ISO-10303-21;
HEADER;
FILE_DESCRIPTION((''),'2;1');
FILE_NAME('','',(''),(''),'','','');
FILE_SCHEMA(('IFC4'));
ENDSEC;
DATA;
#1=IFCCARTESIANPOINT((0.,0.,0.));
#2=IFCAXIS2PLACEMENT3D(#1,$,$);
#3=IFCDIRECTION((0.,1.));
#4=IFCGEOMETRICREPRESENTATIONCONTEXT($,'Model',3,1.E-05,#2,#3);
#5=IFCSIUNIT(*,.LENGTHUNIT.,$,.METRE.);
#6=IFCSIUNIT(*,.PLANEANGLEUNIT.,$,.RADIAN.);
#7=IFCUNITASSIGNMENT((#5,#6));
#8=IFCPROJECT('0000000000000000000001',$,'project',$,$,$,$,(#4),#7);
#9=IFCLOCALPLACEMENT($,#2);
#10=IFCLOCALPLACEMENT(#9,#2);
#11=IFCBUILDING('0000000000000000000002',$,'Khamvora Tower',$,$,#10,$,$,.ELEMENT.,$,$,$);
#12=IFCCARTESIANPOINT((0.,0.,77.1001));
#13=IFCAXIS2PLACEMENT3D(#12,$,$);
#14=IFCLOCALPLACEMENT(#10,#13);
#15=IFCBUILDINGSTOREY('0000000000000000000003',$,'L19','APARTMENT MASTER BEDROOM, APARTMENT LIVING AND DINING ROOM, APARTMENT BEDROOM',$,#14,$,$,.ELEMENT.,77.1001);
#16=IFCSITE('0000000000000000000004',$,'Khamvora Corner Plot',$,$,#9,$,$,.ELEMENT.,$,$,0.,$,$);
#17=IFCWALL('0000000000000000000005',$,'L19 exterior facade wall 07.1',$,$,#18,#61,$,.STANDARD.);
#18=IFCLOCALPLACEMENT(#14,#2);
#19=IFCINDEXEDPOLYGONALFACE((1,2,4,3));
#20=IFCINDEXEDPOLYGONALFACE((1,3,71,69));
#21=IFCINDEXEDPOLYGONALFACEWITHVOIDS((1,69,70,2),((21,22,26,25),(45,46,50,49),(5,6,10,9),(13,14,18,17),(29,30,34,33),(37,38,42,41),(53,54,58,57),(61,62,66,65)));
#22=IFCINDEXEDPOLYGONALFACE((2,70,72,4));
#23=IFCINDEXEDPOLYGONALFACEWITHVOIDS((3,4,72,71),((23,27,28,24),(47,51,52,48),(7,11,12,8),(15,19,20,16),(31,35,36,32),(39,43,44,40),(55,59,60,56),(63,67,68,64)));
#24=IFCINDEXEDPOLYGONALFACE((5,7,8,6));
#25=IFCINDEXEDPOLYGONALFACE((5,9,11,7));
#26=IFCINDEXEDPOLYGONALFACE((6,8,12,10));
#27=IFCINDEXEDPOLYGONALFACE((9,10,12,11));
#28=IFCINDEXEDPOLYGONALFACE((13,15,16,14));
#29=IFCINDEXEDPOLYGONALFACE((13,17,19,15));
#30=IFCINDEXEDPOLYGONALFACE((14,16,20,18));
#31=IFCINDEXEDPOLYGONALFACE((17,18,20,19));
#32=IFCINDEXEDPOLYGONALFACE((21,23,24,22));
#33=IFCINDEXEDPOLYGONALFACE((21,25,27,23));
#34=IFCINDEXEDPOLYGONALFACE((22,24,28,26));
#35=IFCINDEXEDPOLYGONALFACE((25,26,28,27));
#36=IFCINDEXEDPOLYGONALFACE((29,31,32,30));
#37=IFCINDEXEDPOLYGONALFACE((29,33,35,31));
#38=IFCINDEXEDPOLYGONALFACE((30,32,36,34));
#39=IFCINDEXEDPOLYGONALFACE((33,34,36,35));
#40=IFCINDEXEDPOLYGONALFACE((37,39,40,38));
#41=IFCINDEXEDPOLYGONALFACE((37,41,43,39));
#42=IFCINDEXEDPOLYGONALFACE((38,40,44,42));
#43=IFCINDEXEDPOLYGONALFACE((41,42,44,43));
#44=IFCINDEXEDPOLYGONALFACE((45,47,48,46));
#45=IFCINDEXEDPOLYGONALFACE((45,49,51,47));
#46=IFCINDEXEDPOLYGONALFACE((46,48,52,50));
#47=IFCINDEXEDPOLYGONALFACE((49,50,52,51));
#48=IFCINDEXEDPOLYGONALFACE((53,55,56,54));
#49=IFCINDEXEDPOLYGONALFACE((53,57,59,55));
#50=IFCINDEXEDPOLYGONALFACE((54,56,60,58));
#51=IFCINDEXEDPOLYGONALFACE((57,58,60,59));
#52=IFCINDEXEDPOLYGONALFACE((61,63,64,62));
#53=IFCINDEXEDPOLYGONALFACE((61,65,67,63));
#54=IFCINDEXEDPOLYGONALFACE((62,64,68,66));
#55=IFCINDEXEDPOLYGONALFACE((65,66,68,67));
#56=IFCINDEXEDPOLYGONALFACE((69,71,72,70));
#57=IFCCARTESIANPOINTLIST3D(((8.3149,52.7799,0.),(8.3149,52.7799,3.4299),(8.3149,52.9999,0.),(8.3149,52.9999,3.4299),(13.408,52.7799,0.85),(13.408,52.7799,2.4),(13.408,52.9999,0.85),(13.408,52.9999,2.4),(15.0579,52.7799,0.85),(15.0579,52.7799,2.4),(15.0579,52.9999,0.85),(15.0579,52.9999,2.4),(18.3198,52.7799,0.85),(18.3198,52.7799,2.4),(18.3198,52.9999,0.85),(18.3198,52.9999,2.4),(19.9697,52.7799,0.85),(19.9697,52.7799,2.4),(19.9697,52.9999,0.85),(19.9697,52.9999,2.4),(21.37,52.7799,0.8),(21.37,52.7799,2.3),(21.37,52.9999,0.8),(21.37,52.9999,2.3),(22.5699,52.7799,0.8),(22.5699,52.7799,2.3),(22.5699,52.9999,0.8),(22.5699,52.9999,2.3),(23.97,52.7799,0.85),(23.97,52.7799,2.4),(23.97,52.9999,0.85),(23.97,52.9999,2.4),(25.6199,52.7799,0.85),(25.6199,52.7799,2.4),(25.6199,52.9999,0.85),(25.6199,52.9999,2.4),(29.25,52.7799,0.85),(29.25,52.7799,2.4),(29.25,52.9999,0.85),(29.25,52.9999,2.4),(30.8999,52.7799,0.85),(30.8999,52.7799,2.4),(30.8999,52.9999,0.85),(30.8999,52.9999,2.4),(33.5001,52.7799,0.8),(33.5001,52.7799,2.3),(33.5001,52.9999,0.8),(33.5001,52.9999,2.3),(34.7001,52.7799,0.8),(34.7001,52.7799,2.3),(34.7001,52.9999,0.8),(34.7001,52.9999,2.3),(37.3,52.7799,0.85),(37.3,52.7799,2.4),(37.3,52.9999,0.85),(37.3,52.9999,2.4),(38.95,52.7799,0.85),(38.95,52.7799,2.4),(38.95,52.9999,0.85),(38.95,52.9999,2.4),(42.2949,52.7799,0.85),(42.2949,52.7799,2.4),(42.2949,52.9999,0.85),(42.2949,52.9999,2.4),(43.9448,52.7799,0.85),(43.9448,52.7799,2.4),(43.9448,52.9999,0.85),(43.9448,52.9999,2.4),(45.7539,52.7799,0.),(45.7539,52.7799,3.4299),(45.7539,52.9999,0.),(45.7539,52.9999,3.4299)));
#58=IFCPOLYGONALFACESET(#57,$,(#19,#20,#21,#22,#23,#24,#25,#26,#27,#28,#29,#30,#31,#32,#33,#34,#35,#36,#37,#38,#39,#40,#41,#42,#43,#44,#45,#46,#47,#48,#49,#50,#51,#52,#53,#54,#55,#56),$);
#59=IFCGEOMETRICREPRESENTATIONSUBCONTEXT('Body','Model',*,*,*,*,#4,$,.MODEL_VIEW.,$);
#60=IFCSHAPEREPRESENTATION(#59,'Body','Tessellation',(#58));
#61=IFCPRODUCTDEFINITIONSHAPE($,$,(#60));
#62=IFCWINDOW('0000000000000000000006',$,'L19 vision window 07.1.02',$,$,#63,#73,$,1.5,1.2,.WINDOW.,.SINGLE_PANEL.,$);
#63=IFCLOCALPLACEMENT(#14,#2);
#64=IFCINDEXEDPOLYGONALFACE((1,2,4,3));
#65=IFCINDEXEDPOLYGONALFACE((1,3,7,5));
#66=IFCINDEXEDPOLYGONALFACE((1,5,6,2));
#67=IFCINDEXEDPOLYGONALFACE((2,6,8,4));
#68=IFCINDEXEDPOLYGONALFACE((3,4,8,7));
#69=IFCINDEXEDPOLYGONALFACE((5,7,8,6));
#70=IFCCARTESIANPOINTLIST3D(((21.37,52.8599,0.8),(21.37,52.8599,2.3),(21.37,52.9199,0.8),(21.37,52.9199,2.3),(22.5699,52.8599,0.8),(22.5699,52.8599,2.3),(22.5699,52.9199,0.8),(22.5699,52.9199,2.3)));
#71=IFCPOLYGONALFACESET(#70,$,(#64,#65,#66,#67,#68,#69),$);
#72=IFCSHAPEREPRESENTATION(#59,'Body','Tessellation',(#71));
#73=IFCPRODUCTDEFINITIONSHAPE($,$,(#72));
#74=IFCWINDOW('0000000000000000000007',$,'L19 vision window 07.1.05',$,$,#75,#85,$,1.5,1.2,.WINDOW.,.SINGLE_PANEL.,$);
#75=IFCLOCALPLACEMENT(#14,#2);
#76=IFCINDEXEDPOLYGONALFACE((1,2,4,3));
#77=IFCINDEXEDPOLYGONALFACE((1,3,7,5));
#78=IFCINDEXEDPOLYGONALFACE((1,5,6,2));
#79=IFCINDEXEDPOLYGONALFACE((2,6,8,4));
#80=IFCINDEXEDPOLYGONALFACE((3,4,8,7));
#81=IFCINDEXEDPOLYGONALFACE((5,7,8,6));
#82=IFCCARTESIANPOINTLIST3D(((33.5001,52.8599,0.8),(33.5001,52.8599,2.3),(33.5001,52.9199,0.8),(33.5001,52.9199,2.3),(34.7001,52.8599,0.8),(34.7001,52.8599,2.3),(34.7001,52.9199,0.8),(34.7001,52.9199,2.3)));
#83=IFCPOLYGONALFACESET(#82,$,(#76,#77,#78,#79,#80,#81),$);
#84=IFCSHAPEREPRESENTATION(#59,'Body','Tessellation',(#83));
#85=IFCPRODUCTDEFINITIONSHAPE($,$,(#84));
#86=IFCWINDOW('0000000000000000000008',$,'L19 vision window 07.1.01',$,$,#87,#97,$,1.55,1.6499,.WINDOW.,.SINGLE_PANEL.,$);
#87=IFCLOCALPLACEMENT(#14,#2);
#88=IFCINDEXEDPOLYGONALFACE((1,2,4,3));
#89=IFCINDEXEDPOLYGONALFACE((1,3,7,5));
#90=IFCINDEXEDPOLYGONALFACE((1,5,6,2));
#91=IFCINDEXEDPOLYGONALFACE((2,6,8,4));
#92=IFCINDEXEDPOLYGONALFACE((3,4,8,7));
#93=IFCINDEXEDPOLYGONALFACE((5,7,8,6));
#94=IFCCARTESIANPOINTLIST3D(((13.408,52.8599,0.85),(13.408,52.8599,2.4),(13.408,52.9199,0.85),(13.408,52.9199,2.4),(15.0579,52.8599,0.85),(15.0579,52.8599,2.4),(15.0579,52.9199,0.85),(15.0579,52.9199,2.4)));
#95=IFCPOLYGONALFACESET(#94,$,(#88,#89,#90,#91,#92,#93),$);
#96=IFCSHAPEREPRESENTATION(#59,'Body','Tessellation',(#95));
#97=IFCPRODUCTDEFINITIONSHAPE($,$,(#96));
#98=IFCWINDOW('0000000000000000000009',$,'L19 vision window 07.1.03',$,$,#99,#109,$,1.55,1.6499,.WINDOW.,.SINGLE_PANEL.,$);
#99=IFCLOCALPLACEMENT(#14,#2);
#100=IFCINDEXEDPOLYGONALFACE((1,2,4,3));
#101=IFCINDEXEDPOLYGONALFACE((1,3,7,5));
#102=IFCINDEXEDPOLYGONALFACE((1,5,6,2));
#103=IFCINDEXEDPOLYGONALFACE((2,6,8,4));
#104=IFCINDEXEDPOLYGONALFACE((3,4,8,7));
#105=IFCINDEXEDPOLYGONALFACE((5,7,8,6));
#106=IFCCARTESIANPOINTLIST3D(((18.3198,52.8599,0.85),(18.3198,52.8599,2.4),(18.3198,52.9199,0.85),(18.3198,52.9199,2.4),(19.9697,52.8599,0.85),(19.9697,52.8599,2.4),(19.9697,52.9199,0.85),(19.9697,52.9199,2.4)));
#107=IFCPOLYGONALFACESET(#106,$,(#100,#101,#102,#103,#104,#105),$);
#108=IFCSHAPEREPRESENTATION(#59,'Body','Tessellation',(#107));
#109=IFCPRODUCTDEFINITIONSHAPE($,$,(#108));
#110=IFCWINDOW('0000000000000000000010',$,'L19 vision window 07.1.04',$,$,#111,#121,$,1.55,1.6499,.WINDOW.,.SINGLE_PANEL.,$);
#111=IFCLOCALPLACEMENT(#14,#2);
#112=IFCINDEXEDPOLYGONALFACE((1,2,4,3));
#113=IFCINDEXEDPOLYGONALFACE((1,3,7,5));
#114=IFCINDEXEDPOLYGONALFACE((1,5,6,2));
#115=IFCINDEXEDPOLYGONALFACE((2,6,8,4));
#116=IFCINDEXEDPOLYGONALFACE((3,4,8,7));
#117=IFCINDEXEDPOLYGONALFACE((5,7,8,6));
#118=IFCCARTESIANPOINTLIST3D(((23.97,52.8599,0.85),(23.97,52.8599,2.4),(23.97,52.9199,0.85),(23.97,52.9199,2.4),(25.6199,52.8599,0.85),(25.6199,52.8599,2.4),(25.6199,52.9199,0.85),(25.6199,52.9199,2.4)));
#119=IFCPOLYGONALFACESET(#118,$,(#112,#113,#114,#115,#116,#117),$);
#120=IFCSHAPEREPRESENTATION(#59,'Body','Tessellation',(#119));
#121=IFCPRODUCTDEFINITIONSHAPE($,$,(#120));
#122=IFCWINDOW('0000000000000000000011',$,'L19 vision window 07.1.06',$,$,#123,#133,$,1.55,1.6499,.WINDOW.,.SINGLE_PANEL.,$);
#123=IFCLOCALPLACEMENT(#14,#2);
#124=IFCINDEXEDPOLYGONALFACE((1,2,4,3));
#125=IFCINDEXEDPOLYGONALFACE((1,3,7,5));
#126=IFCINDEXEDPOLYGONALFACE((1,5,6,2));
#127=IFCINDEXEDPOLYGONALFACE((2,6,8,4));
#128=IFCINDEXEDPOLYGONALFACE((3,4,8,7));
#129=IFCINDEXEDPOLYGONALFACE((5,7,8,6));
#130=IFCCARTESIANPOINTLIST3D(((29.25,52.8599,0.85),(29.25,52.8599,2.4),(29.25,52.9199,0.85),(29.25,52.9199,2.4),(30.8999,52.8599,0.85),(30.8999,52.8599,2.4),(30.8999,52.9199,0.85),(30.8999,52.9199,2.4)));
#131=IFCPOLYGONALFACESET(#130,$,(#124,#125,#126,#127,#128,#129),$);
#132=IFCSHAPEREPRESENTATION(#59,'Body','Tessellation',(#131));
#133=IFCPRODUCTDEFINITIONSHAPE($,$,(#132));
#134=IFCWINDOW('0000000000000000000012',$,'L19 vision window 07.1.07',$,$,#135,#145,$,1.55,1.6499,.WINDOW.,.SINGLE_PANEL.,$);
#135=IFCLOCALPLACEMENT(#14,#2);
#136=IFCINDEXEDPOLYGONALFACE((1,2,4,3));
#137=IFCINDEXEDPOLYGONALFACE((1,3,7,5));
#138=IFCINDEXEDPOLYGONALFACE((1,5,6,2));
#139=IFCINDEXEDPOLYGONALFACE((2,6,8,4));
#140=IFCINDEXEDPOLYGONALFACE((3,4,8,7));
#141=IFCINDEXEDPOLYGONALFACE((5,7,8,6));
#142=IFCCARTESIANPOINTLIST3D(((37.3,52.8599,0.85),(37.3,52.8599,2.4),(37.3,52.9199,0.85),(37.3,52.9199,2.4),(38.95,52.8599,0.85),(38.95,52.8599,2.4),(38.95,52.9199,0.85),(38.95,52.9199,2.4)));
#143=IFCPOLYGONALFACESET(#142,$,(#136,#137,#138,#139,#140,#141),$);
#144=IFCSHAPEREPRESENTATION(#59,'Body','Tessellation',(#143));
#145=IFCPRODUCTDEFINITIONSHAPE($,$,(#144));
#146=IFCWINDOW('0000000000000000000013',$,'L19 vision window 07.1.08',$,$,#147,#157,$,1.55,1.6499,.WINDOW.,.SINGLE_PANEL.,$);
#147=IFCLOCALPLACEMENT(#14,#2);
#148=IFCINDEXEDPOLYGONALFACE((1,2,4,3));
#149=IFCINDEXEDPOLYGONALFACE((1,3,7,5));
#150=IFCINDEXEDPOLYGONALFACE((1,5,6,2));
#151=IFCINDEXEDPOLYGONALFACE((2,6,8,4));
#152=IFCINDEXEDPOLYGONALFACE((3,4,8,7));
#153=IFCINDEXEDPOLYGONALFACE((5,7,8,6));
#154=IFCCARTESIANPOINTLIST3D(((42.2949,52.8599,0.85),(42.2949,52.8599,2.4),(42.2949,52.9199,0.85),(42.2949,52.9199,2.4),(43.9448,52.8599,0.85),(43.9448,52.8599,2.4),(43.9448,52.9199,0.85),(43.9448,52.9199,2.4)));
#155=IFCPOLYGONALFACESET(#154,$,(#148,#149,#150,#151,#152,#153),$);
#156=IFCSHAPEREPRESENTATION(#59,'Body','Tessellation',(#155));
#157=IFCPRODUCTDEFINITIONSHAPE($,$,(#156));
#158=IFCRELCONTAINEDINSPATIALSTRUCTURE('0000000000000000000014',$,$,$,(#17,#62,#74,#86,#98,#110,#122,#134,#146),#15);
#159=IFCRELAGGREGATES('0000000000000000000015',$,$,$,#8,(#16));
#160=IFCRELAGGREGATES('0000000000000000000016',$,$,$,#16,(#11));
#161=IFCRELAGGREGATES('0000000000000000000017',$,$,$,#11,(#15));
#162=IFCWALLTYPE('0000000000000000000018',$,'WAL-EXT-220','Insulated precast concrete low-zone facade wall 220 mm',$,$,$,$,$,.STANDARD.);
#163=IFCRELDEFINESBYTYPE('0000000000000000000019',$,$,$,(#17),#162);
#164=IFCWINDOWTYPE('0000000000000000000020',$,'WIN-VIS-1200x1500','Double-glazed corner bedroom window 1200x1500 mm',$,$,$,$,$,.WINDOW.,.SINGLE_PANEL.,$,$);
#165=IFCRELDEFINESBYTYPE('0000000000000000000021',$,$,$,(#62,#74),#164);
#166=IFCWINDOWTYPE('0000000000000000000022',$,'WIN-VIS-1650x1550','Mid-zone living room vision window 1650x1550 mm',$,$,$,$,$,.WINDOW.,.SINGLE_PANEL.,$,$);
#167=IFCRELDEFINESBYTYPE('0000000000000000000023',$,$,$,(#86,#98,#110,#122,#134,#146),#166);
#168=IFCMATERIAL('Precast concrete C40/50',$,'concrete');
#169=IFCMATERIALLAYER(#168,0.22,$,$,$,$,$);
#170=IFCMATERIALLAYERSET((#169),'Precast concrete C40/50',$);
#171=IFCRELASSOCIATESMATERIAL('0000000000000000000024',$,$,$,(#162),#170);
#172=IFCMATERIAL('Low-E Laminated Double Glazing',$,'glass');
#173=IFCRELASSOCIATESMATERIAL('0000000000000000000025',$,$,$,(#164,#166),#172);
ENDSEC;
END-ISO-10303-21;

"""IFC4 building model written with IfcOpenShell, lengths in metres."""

from ifc_helpers import new_model, si_unit, direction, frame, frame_2d, origin, place, context, subcontext, project, spatial, rectangle, extrude, material, layer, layer_set, type_object, element, fill, save


model = new_model("IFC4")

# Units and contexts
model_context = context("Model", 3, precision=1e-05, world=origin(), true_north=direction((0.0, 1.0)))
body_context = subcontext(model_context, "Body", "Model", "MODEL_VIEW")
ifc_project = project(units=[si_unit("LENGTHUNIT", "METRE"), si_unit("PLANEANGLEUNIT", "RADIAN")], contexts=[model_context])

# Site, building, storey
site_placement = place(None, origin())
site = spatial("IfcSite", under=ifc_project, at=site_placement, Name="Khamvora Corner Plot", CompositionType="ELEMENT", RefElevation=0.0)
building_placement = place(site_placement, origin())
building = spatial("IfcBuilding", under=site, at=building_placement, Name="Khamvora Tower", CompositionType="ELEMENT")
storey_placement = place(building_placement, frame((0.0, 0.0, 77.1001)))
storey = spatial("IfcBuildingStorey", under=building, at=storey_placement, Name="L19", Description="APARTMENT MASTER BEDROOM, APARTMENT LIVING AND DINING ROOM, APARTMENT BEDROOM", CompositionType="ELEMENT", Elevation=77.1001)

# Shared definitions
ifc_material_1 = material(Name="Precast concrete C40/50", Category="concrete")
ifc_layer_1 = layer(ifc_material_1, 0.22)
ifc_layer_set_1 = layer_set([ifc_layer_1], Name="Precast concrete C40/50")
wall_type_1 = type_object("IfcWallType", Name="WAL-EXT-220", Description="Insulated precast concrete low-zone facade wall 220 mm", PredefinedType="STANDARD", material=ifc_layer_set_1)

# Wall, openings, windows
wall_1_placement = place(storey_placement, frame((8.3149, 52.8899, 0.0), z_axis=(0.0, 0.0, 1.0), x_axis=(1.0, 0.0, 0.0)))
wall_1 = element("IfcWall", 1, at=wall_1_placement, inside=storey, type_object=wall_type_1, Name="L19 exterior facade wall 07.1", PredefinedType="STANDARD", context=body_context, shape_type="SweptSolid", body=[
    extrude(rectangle(XDim=37.439, YDim=0.22, at=frame_2d((18.7195, 0.0))), origin(), (0.0, 0.0, 1.0), 3.4299),
])
opening_1_placement = place(wall_1_placement, frame((5.093, 0.0, 0.8501)))
opening_1 = element("IfcOpeningElement", 2, at=opening_1_placement, cuts=wall_1, PredefinedType="OPENING", context=body_context, shape_type="SweptSolid", body=[
    extrude(rectangle(XDim=1.6499, YDim=1.55, at=frame_2d((0.825, 0.7749))), frame((0.0, 0.1199, 0.0), z_axis=(0.0, -1.0, 0.0), x_axis=(1.0, 0.0, 0.0)), (0.0, 0.0, 1.0), 0.24),
])
opening_2_placement = place(wall_1_placement, frame((13.0549, 0.0, 0.8)))
opening_2 = element("IfcOpeningElement", 3, at=opening_2_placement, cuts=wall_1, PredefinedType="OPENING", context=body_context, shape_type="SweptSolid", body=[
    extrude(rectangle(XDim=1.2, YDim=1.5, at=frame_2d((0.6001, 0.75))), frame((0.0, 0.1199, 0.0), z_axis=(0.0, -1.0, 0.0), x_axis=(1.0, 0.0, 0.0)), (0.0, 0.0, 1.0), 0.24),
])
opening_3_placement = place(wall_1_placement, frame((10.0049, 0.0, 0.8501)))
opening_3 = element("IfcOpeningElement", 4, at=opening_3_placement, cuts=wall_1, PredefinedType="OPENING", context=body_context, shape_type="SweptSolid", body=[
    extrude(rectangle(XDim=1.6499, YDim=1.55, at=frame_2d((0.825, 0.7749))), frame((0.0, 0.1199, 0.0), z_axis=(0.0, -1.0, 0.0), x_axis=(1.0, 0.0, 0.0)), (0.0, 0.0, 1.0), 0.24),
])
opening_4_placement = place(wall_1_placement, frame((15.655, 0.0, 0.8501)))
opening_4 = element("IfcOpeningElement", 5, at=opening_4_placement, cuts=wall_1, PredefinedType="OPENING", context=body_context, shape_type="SweptSolid", body=[
    extrude(rectangle(XDim=1.6499, YDim=1.55, at=frame_2d((0.825, 0.7749))), frame((0.0, 0.1199, 0.0), z_axis=(0.0, -1.0, 0.0), x_axis=(1.0, 0.0, 0.0)), (0.0, 0.0, 1.0), 0.24),
])
opening_5_placement = place(wall_1_placement, frame((25.1851, 0.0, 0.8)))
opening_5 = element("IfcOpeningElement", 6, at=opening_5_placement, cuts=wall_1, PredefinedType="OPENING", context=body_context, shape_type="SweptSolid", body=[
    extrude(rectangle(XDim=1.2, YDim=1.5, at=frame_2d((0.6001, 0.75))), frame((0.0, 0.1199, 0.0), z_axis=(0.0, -1.0, 0.0), x_axis=(1.0, 0.0, 0.0)), (0.0, 0.0, 1.0), 0.24),
])
opening_6_placement = place(wall_1_placement, frame((20.9351, 0.0, 0.8501)))
opening_6 = element("IfcOpeningElement", 7, at=opening_6_placement, cuts=wall_1, PredefinedType="OPENING", context=body_context, shape_type="SweptSolid", body=[
    extrude(rectangle(XDim=1.6499, YDim=1.55, at=frame_2d((0.825, 0.7749))), frame((0.0, 0.1199, 0.0), z_axis=(0.0, -1.0, 0.0), x_axis=(1.0, 0.0, 0.0)), (0.0, 0.0, 1.0), 0.24),
])
opening_7_placement = place(wall_1_placement, frame((28.9851, 0.0, 0.8501)))
opening_7 = element("IfcOpeningElement", 8, at=opening_7_placement, cuts=wall_1, PredefinedType="OPENING", context=body_context, shape_type="SweptSolid", body=[
    extrude(rectangle(XDim=1.6499, YDim=1.55, at=frame_2d((0.825, 0.7749))), frame((0.0, 0.1199, 0.0), z_axis=(0.0, -1.0, 0.0), x_axis=(1.0, 0.0, 0.0)), (0.0, 0.0, 1.0), 0.24),
])
opening_8_placement = place(wall_1_placement, frame((33.98, 0.0, 0.8501)))
opening_8 = element("IfcOpeningElement", 9, at=opening_8_placement, cuts=wall_1, PredefinedType="OPENING", context=body_context, shape_type="SweptSolid", body=[
    extrude(rectangle(XDim=1.6499, YDim=1.55, at=frame_2d((0.825, 0.7749))), frame((0.0, 0.1199, 0.0), z_axis=(0.0, -1.0, 0.0), x_axis=(1.0, 0.0, 0.0)), (0.0, 0.0, 1.0), 0.24),
])
ifc_material_2 = material(Name="Low-E Laminated Double Glazing", Category="glass")
window_type_1 = type_object("IfcWindowType", Name="WIN-VIS-1200x1500", Description="Double-glazed corner bedroom window 1200x1500 mm", PartitioningType="SINGLE_PANEL", PredefinedType="WINDOW", material=ifc_material_2)
window_1_placement = place(opening_2_placement, origin())
window_1 = element("IfcWindow", 10, at=window_1_placement, inside=storey, type_object=window_type_1, Name="L19 vision window 07.1.02", OverallHeight=1.5, OverallWidth=1.2, PartitioningType="SINGLE_PANEL", PredefinedType="WINDOW", context=body_context, shape_type="SweptSolid", body=[
    extrude(rectangle(XDim=1.2, YDim=1.5, at=frame_2d((0.6001, 0.75))), frame((0.0, 0.03, 0.0), z_axis=(0.0, -1.0, 0.0), x_axis=(1.0, 0.0, 0.0)), (0.0, 0.0, 1.0), 0.0601),
])
fill(opening_2, window_1)
window_2_placement = place(opening_5_placement, origin())
window_2 = element("IfcWindow", 11, at=window_2_placement, inside=storey, type_object=window_type_1, Name="L19 vision window 07.1.05", OverallHeight=1.5, OverallWidth=1.2, PartitioningType="SINGLE_PANEL", PredefinedType="WINDOW", context=body_context, shape_type="SweptSolid", body=[
    extrude(rectangle(XDim=1.2, YDim=1.5, at=frame_2d((0.6001, 0.75))), frame((0.0, 0.03, 0.0), z_axis=(0.0, -1.0, 0.0), x_axis=(1.0, 0.0, 0.0)), (0.0, 0.0, 1.0), 0.0601),
])
fill(opening_5, window_2)
window_type_2 = type_object("IfcWindowType", Name="WIN-VIS-1650x1550", Description="Mid-zone living room vision window 1650x1550 mm", PartitioningType="SINGLE_PANEL", PredefinedType="WINDOW", material=ifc_material_2)
window_3_placement = place(opening_1_placement, origin())
window_3 = element("IfcWindow", 12, at=window_3_placement, inside=storey, type_object=window_type_2, Name="L19 vision window 07.1.01", OverallHeight=1.55, OverallWidth=1.6499, PartitioningType="SINGLE_PANEL", PredefinedType="WINDOW", context=body_context, shape_type="SweptSolid", body=[
    extrude(rectangle(XDim=1.6499, YDim=1.55, at=frame_2d((0.825, 0.7749))), frame((0.0, 0.03, 0.0), z_axis=(0.0, -1.0, 0.0), x_axis=(1.0, 0.0, 0.0)), (0.0, 0.0, 1.0), 0.0601),
])
fill(opening_1, window_3)
window_4_placement = place(opening_3_placement, origin())
window_4 = element("IfcWindow", 13, at=window_4_placement, inside=storey, type_object=window_type_2, Name="L19 vision window 07.1.03", OverallHeight=1.55, OverallWidth=1.6499, PartitioningType="SINGLE_PANEL", PredefinedType="WINDOW", context=body_context, shape_type="SweptSolid", body=[
    extrude(rectangle(XDim=1.6499, YDim=1.55, at=frame_2d((0.825, 0.7749))), frame((0.0, 0.03, 0.0), z_axis=(0.0, -1.0, 0.0), x_axis=(1.0, 0.0, 0.0)), (0.0, 0.0, 1.0), 0.0601),
])
fill(opening_3, window_4)
window_5_placement = place(opening_4_placement, origin())
window_5 = element("IfcWindow", 14, at=window_5_placement, inside=storey, type_object=window_type_2, Name="L19 vision window 07.1.04", OverallHeight=1.55, OverallWidth=1.6499, PartitioningType="SINGLE_PANEL", PredefinedType="WINDOW", context=body_context, shape_type="SweptSolid", body=[
    extrude(rectangle(XDim=1.6499, YDim=1.55, at=frame_2d((0.825, 0.7749))), frame((0.0, 0.03, 0.0), z_axis=(0.0, -1.0, 0.0), x_axis=(1.0, 0.0, 0.0)), (0.0, 0.0, 1.0), 0.0601),
])
fill(opening_4, window_5)
window_6_placement = place(opening_6_placement, origin())
window_6 = element("IfcWindow", 15, at=window_6_placement, inside=storey, type_object=window_type_2, Name="L19 vision window 07.1.06", OverallHeight=1.55, OverallWidth=1.6499, PartitioningType="SINGLE_PANEL", PredefinedType="WINDOW", context=body_context, shape_type="SweptSolid", body=[
    extrude(rectangle(XDim=1.6499, YDim=1.55, at=frame_2d((0.825, 0.7749))), frame((0.0, 0.03, 0.0), z_axis=(0.0, -1.0, 0.0), x_axis=(1.0, 0.0, 0.0)), (0.0, 0.0, 1.0), 0.0601),
])
fill(opening_6, window_6)
window_7_placement = place(opening_7_placement, origin())
window_7 = element("IfcWindow", 16, at=window_7_placement, inside=storey, type_object=window_type_2, Name="L19 vision window 07.1.07", OverallHeight=1.55, OverallWidth=1.6499, PartitioningType="SINGLE_PANEL", PredefinedType="WINDOW", context=body_context, shape_type="SweptSolid", body=[
    extrude(rectangle(XDim=1.6499, YDim=1.55, at=frame_2d((0.825, 0.7749))), frame((0.0, 0.03, 0.0), z_axis=(0.0, -1.0, 0.0), x_axis=(1.0, 0.0, 0.0)), (0.0, 0.0, 1.0), 0.0601),
])
fill(opening_7, window_7)
window_8_placement = place(opening_8_placement, origin())
window_8 = element("IfcWindow", 17, at=window_8_placement, inside=storey, type_object=window_type_2, Name="L19 vision window 07.1.08", OverallHeight=1.55, OverallWidth=1.6499, PartitioningType="SINGLE_PANEL", PredefinedType="WINDOW", context=body_context, shape_type="SweptSolid", body=[
    extrude(rectangle(XDim=1.6499, YDim=1.55, at=frame_2d((0.825, 0.7749))), frame((0.0, 0.03, 0.0), z_axis=(0.0, -1.0, 0.0), x_axis=(1.0, 0.0, 0.0)), (0.0, 0.0, 1.0), 0.0601),
])
fill(opening_8, window_8)

save(model, "model.ifc")
